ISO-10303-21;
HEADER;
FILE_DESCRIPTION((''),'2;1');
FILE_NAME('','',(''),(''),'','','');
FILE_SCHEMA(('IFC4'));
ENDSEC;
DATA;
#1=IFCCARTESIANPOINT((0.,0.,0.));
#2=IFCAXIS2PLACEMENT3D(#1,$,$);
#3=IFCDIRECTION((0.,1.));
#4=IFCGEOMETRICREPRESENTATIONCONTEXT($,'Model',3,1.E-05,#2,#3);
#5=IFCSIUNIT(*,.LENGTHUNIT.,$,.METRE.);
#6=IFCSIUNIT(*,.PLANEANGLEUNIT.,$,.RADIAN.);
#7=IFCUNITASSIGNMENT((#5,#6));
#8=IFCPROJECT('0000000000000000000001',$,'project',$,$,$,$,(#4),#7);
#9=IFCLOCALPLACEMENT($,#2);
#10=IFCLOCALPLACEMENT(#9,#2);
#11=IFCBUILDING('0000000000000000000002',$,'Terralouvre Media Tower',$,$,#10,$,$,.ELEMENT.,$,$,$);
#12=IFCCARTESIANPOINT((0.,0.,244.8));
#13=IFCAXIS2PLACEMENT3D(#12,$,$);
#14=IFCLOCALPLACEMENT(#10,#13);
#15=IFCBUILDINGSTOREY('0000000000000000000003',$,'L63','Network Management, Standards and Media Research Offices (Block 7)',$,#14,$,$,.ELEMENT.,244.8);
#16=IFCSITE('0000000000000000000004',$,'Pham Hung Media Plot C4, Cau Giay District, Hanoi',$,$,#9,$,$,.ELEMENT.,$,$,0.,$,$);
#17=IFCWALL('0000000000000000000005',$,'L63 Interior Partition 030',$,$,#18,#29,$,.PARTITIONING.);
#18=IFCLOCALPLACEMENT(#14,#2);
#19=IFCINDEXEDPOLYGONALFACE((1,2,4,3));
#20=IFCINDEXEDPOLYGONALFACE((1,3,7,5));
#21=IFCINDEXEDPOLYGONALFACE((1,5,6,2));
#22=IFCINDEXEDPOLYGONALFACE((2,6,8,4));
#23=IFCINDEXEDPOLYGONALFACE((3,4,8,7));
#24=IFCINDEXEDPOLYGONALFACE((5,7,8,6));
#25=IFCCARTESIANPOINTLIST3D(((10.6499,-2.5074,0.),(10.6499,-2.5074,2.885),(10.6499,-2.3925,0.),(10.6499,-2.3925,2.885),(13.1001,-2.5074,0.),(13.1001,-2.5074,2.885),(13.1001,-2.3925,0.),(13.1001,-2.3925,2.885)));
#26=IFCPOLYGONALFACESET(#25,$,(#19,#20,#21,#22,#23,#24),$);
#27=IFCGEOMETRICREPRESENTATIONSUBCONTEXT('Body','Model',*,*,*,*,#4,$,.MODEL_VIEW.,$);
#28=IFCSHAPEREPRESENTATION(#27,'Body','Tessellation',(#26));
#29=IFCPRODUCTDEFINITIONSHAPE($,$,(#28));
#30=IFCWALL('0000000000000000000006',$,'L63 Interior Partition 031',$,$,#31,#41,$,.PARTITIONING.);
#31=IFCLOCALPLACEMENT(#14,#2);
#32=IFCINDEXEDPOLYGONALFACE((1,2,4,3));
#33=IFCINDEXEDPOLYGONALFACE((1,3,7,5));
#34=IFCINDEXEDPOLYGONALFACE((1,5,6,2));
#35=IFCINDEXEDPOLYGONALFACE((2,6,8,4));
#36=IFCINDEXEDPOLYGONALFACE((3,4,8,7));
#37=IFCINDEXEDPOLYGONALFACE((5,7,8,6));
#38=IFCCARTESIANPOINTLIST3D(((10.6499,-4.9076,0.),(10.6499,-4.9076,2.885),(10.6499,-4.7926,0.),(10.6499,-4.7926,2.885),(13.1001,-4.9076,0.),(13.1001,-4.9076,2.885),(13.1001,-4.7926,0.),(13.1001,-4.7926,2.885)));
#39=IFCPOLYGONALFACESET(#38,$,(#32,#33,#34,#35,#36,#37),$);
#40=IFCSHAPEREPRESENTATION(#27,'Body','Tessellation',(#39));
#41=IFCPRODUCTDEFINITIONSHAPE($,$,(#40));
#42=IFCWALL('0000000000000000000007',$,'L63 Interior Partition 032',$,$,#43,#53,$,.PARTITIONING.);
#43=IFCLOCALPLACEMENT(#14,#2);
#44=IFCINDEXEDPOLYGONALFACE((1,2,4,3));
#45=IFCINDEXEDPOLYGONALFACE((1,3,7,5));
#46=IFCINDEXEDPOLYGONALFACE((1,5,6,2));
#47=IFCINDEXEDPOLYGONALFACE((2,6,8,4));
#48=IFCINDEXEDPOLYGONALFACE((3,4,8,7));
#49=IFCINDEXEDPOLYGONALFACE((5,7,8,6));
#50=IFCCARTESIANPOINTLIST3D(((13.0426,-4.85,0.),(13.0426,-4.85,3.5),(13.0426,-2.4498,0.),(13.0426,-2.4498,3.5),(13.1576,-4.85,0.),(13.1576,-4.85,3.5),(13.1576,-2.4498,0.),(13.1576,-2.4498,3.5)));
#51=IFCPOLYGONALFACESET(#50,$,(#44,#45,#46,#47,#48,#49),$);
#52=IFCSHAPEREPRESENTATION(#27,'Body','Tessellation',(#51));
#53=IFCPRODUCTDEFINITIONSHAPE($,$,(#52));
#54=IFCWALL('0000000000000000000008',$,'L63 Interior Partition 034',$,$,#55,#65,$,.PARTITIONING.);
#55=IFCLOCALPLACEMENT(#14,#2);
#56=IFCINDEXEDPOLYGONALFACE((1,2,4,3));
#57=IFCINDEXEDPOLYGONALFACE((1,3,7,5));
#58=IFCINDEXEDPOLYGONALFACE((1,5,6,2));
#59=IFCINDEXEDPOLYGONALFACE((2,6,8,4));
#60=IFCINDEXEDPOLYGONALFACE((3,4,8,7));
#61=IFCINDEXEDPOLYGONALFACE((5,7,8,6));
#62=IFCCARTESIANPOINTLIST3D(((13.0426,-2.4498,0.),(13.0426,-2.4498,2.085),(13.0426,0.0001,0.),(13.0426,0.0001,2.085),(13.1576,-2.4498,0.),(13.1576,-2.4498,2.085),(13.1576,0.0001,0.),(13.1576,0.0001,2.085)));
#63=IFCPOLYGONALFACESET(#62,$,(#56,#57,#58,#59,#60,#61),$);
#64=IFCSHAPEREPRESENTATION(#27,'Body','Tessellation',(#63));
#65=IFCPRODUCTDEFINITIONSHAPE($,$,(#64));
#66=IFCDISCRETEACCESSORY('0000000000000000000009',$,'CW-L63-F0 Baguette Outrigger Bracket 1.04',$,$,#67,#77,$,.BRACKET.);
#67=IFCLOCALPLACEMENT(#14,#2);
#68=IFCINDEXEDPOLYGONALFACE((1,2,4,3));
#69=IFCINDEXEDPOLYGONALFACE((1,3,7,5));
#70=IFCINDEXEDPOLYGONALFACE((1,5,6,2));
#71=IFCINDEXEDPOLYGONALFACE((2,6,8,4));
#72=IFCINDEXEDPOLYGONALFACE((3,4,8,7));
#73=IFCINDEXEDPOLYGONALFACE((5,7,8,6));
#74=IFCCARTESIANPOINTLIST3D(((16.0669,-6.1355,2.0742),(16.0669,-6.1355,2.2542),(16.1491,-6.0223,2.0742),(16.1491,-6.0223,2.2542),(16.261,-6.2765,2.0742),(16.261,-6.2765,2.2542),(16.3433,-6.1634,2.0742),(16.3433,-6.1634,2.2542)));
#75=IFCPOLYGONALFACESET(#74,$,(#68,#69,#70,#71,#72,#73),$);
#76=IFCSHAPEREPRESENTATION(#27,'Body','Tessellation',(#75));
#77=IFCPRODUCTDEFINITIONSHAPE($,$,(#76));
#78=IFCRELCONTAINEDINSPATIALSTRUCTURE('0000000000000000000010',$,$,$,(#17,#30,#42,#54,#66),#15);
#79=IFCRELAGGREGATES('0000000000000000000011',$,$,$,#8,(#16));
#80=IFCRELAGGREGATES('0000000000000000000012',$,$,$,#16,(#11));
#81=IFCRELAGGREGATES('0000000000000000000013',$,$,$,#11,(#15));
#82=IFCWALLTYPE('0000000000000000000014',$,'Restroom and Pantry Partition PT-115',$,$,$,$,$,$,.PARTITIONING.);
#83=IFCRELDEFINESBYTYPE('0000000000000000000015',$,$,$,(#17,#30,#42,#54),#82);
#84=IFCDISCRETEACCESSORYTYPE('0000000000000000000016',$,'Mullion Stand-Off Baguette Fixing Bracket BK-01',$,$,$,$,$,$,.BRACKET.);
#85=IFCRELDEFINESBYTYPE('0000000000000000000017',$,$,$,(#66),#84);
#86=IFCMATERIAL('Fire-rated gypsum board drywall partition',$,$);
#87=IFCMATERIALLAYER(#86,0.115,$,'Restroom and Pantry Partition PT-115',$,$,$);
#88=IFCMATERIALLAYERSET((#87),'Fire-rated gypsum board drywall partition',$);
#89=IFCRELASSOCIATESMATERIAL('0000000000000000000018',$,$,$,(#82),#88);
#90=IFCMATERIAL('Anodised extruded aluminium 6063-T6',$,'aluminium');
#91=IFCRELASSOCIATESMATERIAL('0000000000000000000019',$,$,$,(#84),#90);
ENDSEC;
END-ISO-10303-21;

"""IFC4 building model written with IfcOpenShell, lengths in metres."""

from ifc_helpers import new_model, si_unit, direction, frame, frame_2d, origin, origin_2d, place, context, subcontext, project, spatial, rectangle, extrude, material, layer, layer_set, type_object, element, save


model = new_model("IFC4")

# Units and contexts
model_context = context("Model", 3, precision=1e-05, world=origin(), true_north=direction((0.0, 1.0)))
body_context = subcontext(model_context, "Body", "Model", "MODEL_VIEW")
ifc_project = project(units=[si_unit("LENGTHUNIT", "METRE"), si_unit("PLANEANGLEUNIT", "RADIAN")], contexts=[model_context])

# Site, building, storey
site_placement = place(None, origin())
site = spatial("IfcSite", under=ifc_project, at=site_placement, Name="Pham Hung Media Plot C4, Cau Giay District, Hanoi", CompositionType="ELEMENT", RefElevation=0.0)
building_placement = place(site_placement, origin())
building = spatial("IfcBuilding", under=site, at=building_placement, Name="Terralouvre Media Tower", CompositionType="ELEMENT")
storey_placement = place(building_placement, frame((0.0, 0.0, 244.8)))
storey = spatial("IfcBuildingStorey", under=building, at=storey_placement, Name="L63", Description="Network Management, Standards and Media Research Offices (Block 7)", CompositionType="ELEMENT", Elevation=244.8)

# Shared definitions
ifc_material_1 = material(Name="Fire-rated gypsum board drywall partition")
ifc_layer_1 = layer(ifc_material_1, 0.115, Name="Restroom and Pantry Partition PT-115")
ifc_layer_set_1 = layer_set([ifc_layer_1], Name="Fire-rated gypsum board drywall partition")
wall_type = type_object("IfcWallType", Name="Restroom and Pantry Partition PT-115", PredefinedType="PARTITIONING", material=ifc_layer_set_1)

# Walls
for number, where, z_axis, x_axis, name in (
    (1, (13.1001, -2.45, 0.0), (0.0, 0.0, 1.0), (-1.0, 0.0, 0.0), "L63 Interior Partition 030"),
    (2, (10.6499, -4.8501, 0.0), (0.0, 0.0, 1.0), (1.0, 0.0, 0.0), "L63 Interior Partition 031"),
):
    element("IfcWall", number, at=place(storey_placement, frame(where, z_axis=z_axis, x_axis=x_axis)), inside=storey, type_object=wall_type, Name=name, PredefinedType="PARTITIONING", context=body_context, shape_type="SweptSolid", body=[
        extrude(rectangle(XDim=2.4502, YDim=0.115, at=frame_2d((1.2251, 0.0))), origin(), (0.0, 0.0, 1.0), 2.885),
    ])
wall_1_placement = place(storey_placement, frame((13.1001, -4.8501, 0.0), z_axis=(0.0, 0.0, 1.0), x_axis=(0.0, 1.0, 0.0)))
element("IfcWall", 3, at=wall_1_placement, inside=storey, type_object=wall_type, Name="L63 Interior Partition 032", PredefinedType="PARTITIONING", context=body_context, shape_type="SweptSolid", body=[
    extrude(rectangle(XDim=2.4001, YDim=0.115, at=frame_2d((1.2002, 0.0))), origin(), (0.0, 0.0, 1.0), 3.5),
])
wall_2_placement = place(storey_placement, frame((13.1001, -2.45, 0.0), z_axis=(0.0, 0.0, 1.0), x_axis=(0.0, 1.0, 0.0)))
element("IfcWall", 4, at=wall_2_placement, inside=storey, type_object=wall_type, Name="L63 Interior Partition 034", PredefinedType="PARTITIONING", context=body_context, shape_type="SweptSolid", body=[
    extrude(rectangle(XDim=2.45, YDim=0.115, at=frame_2d((1.2251, 0.0))), origin(), (0.0, 0.0, 1.0), 2.085),
])

# Discrete accessory
ifc_material_2 = material(Name="Anodised extruded aluminium 6063-T6", Category="aluminium")
discrete_accessory_type = type_object("IfcDiscreteAccessoryType", Name="Mullion Stand-Off Baguette Fixing Bracket BK-01", PredefinedType="BRACKET", material=ifc_material_2)
discrete_accessory_placement = place(storey_placement, frame((16.2051, -6.1494, 2.0742), z_axis=(0.0, 0.0, 1.0), x_axis=(0.587785, 0.809017, 0.0)))
element("IfcDiscreteAccessory", 5, at=discrete_accessory_placement, inside=storey, type_object=discrete_accessory_type, Name="CW-L63-F0 Baguette Outrigger Bracket 1.04", PredefinedType="BRACKET", context=body_context, shape_type="SweptSolid", body=[
    extrude(rectangle(XDim=0.1399, YDim=0.24, at=origin_2d()), origin(), (0.0, 0.0, 1.0), 0.1799),
])

save(model, "model.ifc")
